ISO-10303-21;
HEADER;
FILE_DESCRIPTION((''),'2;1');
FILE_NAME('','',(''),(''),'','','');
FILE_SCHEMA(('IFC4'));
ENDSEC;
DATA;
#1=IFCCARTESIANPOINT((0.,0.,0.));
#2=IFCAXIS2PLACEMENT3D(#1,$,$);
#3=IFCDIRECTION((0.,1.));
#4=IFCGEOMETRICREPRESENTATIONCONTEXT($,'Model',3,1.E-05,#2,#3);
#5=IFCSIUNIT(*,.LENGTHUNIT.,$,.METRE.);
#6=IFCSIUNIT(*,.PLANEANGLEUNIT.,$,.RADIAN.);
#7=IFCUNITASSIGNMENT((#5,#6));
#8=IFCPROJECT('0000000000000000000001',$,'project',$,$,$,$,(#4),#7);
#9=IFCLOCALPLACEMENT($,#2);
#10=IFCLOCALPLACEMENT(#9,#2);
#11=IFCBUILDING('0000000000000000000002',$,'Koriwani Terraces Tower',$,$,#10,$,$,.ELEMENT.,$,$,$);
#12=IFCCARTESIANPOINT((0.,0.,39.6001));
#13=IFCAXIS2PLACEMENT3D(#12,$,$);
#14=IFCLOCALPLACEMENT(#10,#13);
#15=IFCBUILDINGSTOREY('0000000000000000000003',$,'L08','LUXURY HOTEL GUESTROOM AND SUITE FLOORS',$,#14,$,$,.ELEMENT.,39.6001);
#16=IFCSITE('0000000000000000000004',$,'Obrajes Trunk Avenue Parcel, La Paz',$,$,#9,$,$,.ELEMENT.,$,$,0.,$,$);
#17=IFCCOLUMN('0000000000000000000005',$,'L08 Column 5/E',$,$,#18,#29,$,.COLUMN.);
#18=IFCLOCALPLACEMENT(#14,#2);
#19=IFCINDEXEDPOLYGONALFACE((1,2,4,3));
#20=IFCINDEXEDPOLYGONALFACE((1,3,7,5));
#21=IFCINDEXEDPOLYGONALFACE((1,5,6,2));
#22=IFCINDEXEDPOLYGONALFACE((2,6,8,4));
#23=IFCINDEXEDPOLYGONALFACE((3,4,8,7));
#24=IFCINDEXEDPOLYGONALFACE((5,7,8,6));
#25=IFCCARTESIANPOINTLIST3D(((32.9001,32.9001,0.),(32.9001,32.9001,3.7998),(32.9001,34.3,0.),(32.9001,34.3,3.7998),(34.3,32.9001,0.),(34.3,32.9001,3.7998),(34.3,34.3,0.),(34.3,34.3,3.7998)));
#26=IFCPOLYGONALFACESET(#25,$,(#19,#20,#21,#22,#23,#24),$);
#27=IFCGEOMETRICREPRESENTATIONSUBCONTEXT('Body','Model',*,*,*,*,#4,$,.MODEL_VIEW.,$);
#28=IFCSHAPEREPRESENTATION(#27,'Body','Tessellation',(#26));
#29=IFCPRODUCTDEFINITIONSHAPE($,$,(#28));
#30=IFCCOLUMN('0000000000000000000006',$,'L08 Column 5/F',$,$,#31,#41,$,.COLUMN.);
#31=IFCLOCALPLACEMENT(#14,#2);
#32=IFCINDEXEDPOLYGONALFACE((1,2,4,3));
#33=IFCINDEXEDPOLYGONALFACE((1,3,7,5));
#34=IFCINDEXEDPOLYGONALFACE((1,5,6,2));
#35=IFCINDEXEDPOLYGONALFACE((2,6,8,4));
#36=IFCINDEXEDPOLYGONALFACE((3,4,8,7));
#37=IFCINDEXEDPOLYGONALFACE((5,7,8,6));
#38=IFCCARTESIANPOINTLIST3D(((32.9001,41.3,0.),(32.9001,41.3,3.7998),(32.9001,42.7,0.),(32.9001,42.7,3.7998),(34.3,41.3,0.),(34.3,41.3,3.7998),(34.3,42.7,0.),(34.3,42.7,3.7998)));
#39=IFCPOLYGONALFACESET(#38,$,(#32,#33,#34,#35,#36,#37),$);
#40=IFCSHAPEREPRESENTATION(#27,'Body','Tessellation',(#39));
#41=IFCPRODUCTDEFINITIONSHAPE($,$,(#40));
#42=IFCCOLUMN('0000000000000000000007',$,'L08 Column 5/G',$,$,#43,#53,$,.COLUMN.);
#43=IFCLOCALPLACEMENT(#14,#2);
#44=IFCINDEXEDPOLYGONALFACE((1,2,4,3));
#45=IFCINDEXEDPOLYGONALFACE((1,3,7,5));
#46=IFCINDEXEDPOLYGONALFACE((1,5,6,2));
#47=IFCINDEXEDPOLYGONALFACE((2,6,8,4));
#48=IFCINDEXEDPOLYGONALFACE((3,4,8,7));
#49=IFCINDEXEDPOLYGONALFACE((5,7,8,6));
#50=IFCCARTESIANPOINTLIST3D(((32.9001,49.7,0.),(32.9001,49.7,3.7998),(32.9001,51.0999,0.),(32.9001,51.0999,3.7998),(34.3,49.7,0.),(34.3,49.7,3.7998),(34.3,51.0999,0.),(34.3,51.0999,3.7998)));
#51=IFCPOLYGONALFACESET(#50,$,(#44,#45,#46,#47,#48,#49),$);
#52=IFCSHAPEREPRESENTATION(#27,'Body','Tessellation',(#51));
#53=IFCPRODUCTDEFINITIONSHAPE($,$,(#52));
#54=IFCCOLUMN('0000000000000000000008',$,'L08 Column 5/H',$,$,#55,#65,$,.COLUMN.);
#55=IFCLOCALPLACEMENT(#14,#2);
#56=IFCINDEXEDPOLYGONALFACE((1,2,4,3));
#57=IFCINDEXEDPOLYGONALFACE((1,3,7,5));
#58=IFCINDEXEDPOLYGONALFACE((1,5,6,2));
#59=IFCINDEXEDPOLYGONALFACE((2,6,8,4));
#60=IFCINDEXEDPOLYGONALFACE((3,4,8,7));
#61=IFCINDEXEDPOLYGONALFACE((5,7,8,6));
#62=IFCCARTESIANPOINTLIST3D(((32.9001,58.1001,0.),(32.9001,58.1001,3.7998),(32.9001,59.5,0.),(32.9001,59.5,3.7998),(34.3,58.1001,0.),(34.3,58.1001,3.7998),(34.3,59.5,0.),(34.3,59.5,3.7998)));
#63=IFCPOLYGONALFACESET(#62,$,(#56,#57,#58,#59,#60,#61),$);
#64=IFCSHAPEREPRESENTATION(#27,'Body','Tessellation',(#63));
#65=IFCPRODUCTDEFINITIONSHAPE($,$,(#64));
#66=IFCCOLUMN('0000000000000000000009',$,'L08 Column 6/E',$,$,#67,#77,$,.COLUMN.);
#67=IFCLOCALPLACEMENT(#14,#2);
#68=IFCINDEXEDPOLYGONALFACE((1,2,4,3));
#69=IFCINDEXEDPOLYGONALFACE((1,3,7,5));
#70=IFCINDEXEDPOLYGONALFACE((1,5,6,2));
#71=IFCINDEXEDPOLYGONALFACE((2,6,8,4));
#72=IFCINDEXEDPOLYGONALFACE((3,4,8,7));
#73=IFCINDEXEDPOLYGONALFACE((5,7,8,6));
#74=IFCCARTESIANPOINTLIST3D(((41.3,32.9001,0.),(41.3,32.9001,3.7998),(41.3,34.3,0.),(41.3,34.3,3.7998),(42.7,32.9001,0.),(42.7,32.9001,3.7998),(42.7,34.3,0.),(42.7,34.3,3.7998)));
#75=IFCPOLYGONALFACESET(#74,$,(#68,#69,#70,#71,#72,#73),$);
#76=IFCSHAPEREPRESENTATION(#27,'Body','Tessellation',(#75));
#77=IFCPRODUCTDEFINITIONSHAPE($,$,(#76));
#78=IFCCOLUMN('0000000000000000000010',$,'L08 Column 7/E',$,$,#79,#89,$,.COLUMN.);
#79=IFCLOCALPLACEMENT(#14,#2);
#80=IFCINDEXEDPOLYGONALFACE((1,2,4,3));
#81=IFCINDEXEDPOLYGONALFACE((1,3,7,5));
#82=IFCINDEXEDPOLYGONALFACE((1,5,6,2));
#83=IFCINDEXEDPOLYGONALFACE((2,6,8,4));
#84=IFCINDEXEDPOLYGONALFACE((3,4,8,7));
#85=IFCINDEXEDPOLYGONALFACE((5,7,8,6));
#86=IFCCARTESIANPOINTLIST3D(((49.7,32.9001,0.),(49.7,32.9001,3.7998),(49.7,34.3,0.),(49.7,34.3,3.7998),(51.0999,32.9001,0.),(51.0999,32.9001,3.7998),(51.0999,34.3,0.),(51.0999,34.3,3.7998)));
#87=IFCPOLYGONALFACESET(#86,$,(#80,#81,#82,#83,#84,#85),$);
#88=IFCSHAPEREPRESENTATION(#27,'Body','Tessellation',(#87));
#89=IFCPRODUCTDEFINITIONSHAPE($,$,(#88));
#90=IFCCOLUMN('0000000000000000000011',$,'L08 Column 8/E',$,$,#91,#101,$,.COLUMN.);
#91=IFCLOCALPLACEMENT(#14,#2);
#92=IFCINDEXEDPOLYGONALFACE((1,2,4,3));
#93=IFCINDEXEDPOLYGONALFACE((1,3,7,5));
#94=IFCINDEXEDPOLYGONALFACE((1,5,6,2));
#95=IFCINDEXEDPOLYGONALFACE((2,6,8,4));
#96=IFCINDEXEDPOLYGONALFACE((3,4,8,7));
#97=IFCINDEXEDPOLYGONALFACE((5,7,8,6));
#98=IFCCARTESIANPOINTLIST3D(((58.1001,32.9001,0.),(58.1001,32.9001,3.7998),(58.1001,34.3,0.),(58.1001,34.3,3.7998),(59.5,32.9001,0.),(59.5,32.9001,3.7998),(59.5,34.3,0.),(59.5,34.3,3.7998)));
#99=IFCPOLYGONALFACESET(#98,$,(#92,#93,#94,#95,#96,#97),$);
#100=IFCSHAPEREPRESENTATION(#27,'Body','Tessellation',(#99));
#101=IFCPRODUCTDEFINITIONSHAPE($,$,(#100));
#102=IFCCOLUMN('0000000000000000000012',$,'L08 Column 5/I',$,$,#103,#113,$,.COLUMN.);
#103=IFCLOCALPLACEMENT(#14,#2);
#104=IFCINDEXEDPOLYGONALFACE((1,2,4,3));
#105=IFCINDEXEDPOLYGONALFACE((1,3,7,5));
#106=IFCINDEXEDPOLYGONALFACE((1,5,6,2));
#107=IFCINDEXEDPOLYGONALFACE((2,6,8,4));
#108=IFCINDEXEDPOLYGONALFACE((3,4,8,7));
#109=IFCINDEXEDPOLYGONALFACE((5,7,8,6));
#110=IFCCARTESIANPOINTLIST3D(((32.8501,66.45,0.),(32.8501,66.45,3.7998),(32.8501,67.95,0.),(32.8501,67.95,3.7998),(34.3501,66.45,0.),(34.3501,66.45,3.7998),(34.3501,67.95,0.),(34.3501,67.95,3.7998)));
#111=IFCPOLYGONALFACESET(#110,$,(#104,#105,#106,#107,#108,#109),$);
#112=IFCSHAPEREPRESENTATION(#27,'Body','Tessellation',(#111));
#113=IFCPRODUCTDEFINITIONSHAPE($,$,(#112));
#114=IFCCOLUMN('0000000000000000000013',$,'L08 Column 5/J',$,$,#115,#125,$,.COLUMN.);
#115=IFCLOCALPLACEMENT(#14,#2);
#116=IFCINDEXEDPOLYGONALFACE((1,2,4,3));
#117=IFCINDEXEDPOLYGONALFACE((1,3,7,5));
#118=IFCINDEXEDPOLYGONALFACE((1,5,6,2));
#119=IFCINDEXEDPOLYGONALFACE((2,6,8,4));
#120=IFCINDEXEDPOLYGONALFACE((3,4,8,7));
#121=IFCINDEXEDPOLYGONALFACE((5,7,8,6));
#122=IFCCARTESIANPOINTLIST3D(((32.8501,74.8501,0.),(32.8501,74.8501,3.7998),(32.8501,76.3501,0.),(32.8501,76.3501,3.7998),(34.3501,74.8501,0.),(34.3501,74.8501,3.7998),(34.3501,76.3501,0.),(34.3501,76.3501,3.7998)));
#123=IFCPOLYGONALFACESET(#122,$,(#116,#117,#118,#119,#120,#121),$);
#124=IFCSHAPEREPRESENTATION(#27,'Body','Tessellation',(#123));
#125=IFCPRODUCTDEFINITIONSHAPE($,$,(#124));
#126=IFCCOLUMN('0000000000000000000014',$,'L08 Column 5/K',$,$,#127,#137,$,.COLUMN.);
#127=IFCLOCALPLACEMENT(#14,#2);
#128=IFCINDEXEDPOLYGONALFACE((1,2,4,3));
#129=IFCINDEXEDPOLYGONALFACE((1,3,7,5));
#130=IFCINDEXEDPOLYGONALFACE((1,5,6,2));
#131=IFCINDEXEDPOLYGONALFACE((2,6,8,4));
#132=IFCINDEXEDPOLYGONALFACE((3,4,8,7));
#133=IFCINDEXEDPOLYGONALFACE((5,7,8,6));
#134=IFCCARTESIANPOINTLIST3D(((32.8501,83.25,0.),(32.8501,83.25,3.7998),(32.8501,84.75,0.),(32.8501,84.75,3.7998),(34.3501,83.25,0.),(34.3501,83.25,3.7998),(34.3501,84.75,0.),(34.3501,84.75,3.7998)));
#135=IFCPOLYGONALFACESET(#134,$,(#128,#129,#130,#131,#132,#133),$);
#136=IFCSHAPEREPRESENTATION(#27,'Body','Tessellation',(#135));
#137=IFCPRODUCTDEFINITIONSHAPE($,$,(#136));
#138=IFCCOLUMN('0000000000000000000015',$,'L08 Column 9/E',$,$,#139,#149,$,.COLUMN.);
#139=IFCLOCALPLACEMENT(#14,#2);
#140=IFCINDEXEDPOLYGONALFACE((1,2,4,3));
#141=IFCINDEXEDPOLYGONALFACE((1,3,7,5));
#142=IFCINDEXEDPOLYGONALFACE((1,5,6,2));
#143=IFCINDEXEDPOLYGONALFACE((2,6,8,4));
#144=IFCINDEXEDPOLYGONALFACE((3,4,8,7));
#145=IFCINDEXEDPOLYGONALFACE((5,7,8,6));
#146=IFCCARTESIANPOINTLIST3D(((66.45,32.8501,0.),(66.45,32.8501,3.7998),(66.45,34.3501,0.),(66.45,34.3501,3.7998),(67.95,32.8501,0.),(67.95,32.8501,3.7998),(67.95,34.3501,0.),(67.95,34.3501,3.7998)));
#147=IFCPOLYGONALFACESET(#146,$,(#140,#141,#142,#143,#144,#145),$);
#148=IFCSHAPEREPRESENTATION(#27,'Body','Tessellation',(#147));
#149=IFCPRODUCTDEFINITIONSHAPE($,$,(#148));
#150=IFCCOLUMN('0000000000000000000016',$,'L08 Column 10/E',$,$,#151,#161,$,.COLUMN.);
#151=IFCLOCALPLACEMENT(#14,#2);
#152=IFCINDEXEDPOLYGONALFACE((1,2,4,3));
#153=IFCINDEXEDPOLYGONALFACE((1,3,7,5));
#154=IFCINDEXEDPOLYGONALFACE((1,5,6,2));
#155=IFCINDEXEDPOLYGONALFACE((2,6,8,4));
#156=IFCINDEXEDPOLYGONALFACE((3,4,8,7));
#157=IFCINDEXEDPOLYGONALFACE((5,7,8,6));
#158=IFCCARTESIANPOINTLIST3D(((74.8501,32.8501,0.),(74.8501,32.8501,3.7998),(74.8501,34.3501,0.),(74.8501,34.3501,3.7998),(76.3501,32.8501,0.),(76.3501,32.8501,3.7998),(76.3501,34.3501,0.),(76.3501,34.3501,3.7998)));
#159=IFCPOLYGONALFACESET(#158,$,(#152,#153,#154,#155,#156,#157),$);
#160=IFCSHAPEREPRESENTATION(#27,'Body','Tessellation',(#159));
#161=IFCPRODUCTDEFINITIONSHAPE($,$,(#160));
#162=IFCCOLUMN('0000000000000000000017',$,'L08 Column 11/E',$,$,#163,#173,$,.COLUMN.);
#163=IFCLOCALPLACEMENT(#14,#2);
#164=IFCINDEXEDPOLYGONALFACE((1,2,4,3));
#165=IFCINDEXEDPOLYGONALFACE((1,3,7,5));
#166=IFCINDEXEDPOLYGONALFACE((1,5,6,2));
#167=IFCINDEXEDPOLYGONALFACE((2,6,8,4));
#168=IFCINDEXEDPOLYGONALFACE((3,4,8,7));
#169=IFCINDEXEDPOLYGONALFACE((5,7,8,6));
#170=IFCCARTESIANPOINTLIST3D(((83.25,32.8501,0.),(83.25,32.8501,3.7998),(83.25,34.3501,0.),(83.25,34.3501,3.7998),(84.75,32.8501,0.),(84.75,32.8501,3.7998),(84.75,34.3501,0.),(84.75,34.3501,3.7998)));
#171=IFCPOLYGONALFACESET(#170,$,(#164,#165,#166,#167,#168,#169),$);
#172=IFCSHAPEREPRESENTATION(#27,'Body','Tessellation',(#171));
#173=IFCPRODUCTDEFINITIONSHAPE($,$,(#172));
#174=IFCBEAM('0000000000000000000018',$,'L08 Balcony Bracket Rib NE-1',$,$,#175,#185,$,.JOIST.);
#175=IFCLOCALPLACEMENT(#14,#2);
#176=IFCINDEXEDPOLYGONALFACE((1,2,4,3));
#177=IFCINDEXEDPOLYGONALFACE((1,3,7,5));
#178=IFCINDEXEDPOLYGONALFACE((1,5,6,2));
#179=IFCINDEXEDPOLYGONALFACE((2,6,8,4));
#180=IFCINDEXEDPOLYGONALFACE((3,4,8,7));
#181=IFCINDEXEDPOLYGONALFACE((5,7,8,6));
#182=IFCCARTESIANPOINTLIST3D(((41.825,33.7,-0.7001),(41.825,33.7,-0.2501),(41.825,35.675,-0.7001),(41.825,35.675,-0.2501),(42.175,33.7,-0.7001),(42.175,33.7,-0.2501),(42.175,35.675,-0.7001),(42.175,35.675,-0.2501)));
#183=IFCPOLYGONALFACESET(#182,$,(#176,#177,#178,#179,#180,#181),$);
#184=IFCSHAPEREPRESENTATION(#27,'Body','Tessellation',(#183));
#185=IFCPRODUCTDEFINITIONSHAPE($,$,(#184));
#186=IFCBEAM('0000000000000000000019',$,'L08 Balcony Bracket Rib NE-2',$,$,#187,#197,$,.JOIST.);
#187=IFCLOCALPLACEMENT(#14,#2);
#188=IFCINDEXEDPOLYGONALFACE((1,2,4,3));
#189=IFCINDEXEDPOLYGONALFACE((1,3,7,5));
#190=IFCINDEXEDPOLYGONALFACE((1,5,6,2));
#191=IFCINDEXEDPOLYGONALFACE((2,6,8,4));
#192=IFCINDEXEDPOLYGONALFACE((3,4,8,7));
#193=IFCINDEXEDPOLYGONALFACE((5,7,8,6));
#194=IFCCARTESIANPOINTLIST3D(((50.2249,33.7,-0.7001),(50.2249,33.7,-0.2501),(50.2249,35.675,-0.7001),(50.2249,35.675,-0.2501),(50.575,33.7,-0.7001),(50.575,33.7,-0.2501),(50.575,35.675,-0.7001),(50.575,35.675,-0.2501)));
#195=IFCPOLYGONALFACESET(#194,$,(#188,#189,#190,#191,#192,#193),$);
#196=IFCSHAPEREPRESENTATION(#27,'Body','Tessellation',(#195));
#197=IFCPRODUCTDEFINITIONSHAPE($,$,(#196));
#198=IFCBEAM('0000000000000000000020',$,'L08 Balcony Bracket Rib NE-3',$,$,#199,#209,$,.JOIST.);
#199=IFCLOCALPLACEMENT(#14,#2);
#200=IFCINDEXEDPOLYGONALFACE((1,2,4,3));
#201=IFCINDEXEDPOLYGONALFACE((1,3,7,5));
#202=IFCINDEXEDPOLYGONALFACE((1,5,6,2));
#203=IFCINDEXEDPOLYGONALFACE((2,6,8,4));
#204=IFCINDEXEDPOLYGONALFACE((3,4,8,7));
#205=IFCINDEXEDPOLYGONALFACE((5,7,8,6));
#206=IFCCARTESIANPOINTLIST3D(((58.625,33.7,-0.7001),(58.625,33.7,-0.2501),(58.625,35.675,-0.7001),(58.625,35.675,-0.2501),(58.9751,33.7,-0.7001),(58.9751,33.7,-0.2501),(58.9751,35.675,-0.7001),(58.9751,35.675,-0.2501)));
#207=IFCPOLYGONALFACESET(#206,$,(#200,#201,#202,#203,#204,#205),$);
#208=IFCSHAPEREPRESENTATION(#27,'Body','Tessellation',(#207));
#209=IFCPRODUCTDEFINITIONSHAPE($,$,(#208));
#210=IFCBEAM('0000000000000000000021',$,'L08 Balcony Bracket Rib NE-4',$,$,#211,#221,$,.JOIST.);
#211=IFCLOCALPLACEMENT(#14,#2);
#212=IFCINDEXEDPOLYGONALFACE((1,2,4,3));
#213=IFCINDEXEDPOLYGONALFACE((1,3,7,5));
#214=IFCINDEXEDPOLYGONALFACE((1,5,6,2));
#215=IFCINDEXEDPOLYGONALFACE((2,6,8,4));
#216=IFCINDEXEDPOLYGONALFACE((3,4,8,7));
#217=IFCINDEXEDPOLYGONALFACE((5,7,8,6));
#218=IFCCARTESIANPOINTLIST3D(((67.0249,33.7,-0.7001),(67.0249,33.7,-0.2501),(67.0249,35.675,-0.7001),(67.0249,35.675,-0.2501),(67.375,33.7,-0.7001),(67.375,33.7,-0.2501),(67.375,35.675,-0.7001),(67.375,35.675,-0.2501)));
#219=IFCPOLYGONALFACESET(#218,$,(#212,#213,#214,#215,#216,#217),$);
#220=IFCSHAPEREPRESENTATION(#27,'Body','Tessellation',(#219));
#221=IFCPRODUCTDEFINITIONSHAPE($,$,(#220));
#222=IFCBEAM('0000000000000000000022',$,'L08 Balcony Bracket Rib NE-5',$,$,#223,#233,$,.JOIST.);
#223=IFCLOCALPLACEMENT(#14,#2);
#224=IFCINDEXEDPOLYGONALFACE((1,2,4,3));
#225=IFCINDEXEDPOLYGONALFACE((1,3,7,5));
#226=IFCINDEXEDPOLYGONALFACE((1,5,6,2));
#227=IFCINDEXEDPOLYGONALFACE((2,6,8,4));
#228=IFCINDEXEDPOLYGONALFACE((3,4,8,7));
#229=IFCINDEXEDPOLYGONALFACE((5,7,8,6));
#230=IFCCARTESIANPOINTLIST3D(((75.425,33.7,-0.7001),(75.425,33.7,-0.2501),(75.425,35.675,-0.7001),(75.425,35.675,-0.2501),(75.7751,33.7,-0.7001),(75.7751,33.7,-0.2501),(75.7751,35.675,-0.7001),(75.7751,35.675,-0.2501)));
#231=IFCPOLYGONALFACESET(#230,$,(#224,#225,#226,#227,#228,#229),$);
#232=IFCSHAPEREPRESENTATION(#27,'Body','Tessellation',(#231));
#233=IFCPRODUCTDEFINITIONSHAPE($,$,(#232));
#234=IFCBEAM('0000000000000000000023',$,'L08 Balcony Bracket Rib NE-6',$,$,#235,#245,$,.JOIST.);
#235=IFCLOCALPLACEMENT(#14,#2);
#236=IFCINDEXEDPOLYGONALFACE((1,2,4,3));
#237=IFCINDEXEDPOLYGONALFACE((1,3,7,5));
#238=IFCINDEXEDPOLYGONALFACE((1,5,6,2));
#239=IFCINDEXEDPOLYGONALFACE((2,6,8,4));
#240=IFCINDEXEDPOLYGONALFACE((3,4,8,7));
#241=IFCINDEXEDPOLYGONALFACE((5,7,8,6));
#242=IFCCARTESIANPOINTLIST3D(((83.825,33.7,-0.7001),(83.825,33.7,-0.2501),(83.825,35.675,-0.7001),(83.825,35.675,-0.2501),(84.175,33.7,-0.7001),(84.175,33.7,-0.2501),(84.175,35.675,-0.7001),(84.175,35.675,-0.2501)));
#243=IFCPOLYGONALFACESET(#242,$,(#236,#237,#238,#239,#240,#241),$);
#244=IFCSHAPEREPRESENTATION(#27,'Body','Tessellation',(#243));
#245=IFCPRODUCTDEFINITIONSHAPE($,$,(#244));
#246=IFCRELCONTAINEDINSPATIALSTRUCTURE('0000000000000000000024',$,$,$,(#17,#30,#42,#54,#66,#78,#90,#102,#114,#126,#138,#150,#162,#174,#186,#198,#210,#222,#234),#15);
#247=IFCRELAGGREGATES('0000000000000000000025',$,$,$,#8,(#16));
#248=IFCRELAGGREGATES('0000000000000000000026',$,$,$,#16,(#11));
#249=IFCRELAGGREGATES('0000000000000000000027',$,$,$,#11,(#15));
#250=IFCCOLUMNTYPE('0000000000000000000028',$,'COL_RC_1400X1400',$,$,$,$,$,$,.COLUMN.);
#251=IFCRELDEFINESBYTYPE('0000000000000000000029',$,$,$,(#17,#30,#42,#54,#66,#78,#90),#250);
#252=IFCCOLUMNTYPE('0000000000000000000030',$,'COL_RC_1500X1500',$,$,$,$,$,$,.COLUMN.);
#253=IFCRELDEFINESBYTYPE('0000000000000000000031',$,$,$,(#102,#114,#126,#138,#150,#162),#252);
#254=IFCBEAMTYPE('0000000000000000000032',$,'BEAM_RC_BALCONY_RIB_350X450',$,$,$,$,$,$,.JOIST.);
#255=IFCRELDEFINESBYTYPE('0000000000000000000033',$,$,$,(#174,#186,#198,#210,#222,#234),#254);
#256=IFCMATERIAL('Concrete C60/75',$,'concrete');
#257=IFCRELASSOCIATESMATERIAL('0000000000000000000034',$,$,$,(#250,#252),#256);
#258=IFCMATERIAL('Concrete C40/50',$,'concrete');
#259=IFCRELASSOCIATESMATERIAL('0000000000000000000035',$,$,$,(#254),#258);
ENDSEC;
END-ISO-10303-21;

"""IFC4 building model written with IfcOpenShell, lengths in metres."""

from ifc_helpers import new_model, si_unit, direction, frame, origin, origin_2d, place, context, subcontext, project, spatial, rectangle, extrude, material, material_profile, profile_set, type_object, element, save


model = new_model("IFC4")

# Units and contexts
model_context = context("Model", 3, precision=1e-05, world=origin(), true_north=direction((0.0, 1.0)))
body_context = subcontext(model_context, "Body", "Model", "MODEL_VIEW")
ifc_project = project(units=[si_unit("LENGTHUNIT", "METRE"), si_unit("PLANEANGLEUNIT", "RADIAN")], contexts=[model_context])

# Site, building, storey
site_placement = place(None, origin())
site = spatial("IfcSite", under=ifc_project, at=site_placement, Name="Obrajes Trunk Avenue Parcel, La Paz", CompositionType="ELEMENT", RefElevation=0.0)
building_placement = place(site_placement, origin())
building = spatial("IfcBuilding", under=site, at=building_placement, Name="Koriwani Terraces Tower", CompositionType="ELEMENT")
storey_placement = place(building_placement, frame((0.0, 0.0, 39.6001)))
storey = spatial("IfcBuildingStorey", under=building, at=storey_placement, Name="L08", Description="LUXURY HOTEL GUESTROOM AND SUITE FLOORS", CompositionType="ELEMENT", Elevation=39.6001)

# Columns
ifc_material_1 = material(Name="Concrete C60/75", Category="concrete")
ifc_material_profile_1 = material_profile(ifc_material_1, rectangle(XDim=1.3999, YDim=1.3999, at=origin_2d()), Name="Concrete C60/75", Category="LoadBearing")
ifc_profile_set_1 = profile_set([ifc_material_profile_1], Name="Concrete C60/75")
column_type_1 = type_object("IfcColumnType", Name="COL_RC_1400X1400", PredefinedType="COLUMN", material=ifc_profile_set_1)
for number, where, z_axis, x_axis, name in (
    (1, (33.6001, 33.6001, 0.0), (0.0, 0.0, 1.0), (1.0, 0.0, 0.0), "L08 Column 5/E"),
    (2, (33.6001, 42.0, 0.0), (0.0, 0.0, 1.0), (1.0, 0.0, 0.0), "L08 Column 5/F"),
    (3, (33.6001, 50.3999, 0.0), (0.0, 0.0, 1.0), (1.0, 0.0, 0.0), "L08 Column 5/G"),
    (4, (33.6001, 58.8, 0.0), (0.0, 0.0, 1.0), (1.0, 0.0, 0.0), "L08 Column 5/H"),
    (5, (42.0, 33.6001, 0.0), (0.0, 0.0, 1.0), (1.0, 0.0, 0.0), "L08 Column 6/E"),
    (6, (50.3999, 33.6001, 0.0), (0.0, 0.0, 1.0), (1.0, 0.0, 0.0), "L08 Column 7/E"),
    (7, (58.8, 33.6001, 0.0), (0.0, 0.0, 1.0), (1.0, 0.0, 0.0), "L08 Column 8/E"),
):
    element("IfcColumn", number, at=place(storey_placement, frame(where, z_axis=z_axis, x_axis=x_axis)), inside=storey, type_object=column_type_1, Name=name, PredefinedType="COLUMN", context=body_context, shape_type="SweptSolid", body=[
        extrude(rectangle(XDim=1.3999, YDim=1.3999, at=origin_2d()), origin(), (0.0, 0.0, 1.0), 3.7998),
    ])
ifc_material_profile_2 = material_profile(ifc_material_1, rectangle(XDim=1.5, YDim=1.5, at=origin_2d()), Name="Concrete C60/75", Category="LoadBearing")
ifc_profile_set_2 = profile_set([ifc_material_profile_2], Name="Concrete C60/75")
column_type_2 = type_object("IfcColumnType", Name="COL_RC_1500X1500", PredefinedType="COLUMN", material=ifc_profile_set_2)
for number, where, z_axis, x_axis, name in (
    (8, (33.6001, 67.2, 0.0), (0.0, 0.0, 1.0), (1.0, 0.0, 0.0), "L08 Column 5/I"),
    (9, (33.6001, 75.6001, 0.0), (0.0, 0.0, 1.0), (1.0, 0.0, 0.0), "L08 Column 5/J"),
    (10, (33.6001, 84.0, 0.0), (0.0, 0.0, 1.0), (1.0, 0.0, 0.0), "L08 Column 5/K"),
    (11, (67.2, 33.6001, 0.0), (0.0, 0.0, 1.0), (1.0, 0.0, 0.0), "L08 Column 9/E"),
    (12, (75.6001, 33.6001, 0.0), (0.0, 0.0, 1.0), (1.0, 0.0, 0.0), "L08 Column 10/E"),
    (13, (84.0, 33.6001, 0.0), (0.0, 0.0, 1.0), (1.0, 0.0, 0.0), "L08 Column 11/E"),
):
    element("IfcColumn", number, at=place(storey_placement, frame(where, z_axis=z_axis, x_axis=x_axis)), inside=storey, type_object=column_type_2, Name=name, PredefinedType="COLUMN", context=body_context, shape_type="SweptSolid", body=[
        extrude(rectangle(XDim=1.5, YDim=1.5, at=origin_2d()), origin(), (0.0, 0.0, 1.0), 3.7998),
    ])

# Beams
ifc_material_2 = material(Name="Concrete C40/50", Category="concrete")
ifc_material_profile_3 = material_profile(ifc_material_2, rectangle(XDim=0.3501, YDim=0.45, at=origin_2d()), Name="Concrete C40/50", Category="LoadBearing")
ifc_profile_set_3 = profile_set([ifc_material_profile_3], Name="Concrete C40/50")
beam_type = type_object("IfcBeamType", Name="BEAM_RC_BALCONY_RIB_350X450", PredefinedType="JOIST", material=ifc_profile_set_3)
for number, where, z_axis, x_axis, name in (
    (14, (42.0, 33.7, -0.4751), (0.0, 1.0, 0.0), (-1.0, 0.0, 0.0), "L08 Balcony Bracket Rib NE-1"),
    (15, (50.3999, 33.7, -0.4751), (0.0, 1.0, 0.0), (-1.0, 0.0, 0.0), "L08 Balcony Bracket Rib NE-2"),
    (16, (58.8, 33.7, -0.4751), (0.0, 1.0, 0.0), (-1.0, 0.0, 0.0), "L08 Balcony Bracket Rib NE-3"),
    (17, (67.2, 33.7, -0.4751), (0.0, 1.0, 0.0), (-1.0, 0.0, 0.0), "L08 Balcony Bracket Rib NE-4"),
    (18, (75.6001, 33.7, -0.4751), (0.0, 1.0, 0.0), (-1.0, 0.0, 0.0), "L08 Balcony Bracket Rib NE-5"),
    (19, (84.0, 33.7, -0.4751), (0.0, 1.0, 0.0), (-1.0, 0.0, 0.0), "L08 Balcony Bracket Rib NE-6"),
):
    element("IfcBeam", number, at=place(storey_placement, frame(where, z_axis=z_axis, x_axis=x_axis)), inside=storey, type_object=beam_type, Name=name, PredefinedType="JOIST", context=body_context, shape_type="SweptSolid", body=[
        extrude(rectangle(XDim=0.3501, YDim=0.45, at=origin_2d()), origin(), (0.0, 0.0, 1.0), 1.9751),
    ])

save(model, "model.ifc")
